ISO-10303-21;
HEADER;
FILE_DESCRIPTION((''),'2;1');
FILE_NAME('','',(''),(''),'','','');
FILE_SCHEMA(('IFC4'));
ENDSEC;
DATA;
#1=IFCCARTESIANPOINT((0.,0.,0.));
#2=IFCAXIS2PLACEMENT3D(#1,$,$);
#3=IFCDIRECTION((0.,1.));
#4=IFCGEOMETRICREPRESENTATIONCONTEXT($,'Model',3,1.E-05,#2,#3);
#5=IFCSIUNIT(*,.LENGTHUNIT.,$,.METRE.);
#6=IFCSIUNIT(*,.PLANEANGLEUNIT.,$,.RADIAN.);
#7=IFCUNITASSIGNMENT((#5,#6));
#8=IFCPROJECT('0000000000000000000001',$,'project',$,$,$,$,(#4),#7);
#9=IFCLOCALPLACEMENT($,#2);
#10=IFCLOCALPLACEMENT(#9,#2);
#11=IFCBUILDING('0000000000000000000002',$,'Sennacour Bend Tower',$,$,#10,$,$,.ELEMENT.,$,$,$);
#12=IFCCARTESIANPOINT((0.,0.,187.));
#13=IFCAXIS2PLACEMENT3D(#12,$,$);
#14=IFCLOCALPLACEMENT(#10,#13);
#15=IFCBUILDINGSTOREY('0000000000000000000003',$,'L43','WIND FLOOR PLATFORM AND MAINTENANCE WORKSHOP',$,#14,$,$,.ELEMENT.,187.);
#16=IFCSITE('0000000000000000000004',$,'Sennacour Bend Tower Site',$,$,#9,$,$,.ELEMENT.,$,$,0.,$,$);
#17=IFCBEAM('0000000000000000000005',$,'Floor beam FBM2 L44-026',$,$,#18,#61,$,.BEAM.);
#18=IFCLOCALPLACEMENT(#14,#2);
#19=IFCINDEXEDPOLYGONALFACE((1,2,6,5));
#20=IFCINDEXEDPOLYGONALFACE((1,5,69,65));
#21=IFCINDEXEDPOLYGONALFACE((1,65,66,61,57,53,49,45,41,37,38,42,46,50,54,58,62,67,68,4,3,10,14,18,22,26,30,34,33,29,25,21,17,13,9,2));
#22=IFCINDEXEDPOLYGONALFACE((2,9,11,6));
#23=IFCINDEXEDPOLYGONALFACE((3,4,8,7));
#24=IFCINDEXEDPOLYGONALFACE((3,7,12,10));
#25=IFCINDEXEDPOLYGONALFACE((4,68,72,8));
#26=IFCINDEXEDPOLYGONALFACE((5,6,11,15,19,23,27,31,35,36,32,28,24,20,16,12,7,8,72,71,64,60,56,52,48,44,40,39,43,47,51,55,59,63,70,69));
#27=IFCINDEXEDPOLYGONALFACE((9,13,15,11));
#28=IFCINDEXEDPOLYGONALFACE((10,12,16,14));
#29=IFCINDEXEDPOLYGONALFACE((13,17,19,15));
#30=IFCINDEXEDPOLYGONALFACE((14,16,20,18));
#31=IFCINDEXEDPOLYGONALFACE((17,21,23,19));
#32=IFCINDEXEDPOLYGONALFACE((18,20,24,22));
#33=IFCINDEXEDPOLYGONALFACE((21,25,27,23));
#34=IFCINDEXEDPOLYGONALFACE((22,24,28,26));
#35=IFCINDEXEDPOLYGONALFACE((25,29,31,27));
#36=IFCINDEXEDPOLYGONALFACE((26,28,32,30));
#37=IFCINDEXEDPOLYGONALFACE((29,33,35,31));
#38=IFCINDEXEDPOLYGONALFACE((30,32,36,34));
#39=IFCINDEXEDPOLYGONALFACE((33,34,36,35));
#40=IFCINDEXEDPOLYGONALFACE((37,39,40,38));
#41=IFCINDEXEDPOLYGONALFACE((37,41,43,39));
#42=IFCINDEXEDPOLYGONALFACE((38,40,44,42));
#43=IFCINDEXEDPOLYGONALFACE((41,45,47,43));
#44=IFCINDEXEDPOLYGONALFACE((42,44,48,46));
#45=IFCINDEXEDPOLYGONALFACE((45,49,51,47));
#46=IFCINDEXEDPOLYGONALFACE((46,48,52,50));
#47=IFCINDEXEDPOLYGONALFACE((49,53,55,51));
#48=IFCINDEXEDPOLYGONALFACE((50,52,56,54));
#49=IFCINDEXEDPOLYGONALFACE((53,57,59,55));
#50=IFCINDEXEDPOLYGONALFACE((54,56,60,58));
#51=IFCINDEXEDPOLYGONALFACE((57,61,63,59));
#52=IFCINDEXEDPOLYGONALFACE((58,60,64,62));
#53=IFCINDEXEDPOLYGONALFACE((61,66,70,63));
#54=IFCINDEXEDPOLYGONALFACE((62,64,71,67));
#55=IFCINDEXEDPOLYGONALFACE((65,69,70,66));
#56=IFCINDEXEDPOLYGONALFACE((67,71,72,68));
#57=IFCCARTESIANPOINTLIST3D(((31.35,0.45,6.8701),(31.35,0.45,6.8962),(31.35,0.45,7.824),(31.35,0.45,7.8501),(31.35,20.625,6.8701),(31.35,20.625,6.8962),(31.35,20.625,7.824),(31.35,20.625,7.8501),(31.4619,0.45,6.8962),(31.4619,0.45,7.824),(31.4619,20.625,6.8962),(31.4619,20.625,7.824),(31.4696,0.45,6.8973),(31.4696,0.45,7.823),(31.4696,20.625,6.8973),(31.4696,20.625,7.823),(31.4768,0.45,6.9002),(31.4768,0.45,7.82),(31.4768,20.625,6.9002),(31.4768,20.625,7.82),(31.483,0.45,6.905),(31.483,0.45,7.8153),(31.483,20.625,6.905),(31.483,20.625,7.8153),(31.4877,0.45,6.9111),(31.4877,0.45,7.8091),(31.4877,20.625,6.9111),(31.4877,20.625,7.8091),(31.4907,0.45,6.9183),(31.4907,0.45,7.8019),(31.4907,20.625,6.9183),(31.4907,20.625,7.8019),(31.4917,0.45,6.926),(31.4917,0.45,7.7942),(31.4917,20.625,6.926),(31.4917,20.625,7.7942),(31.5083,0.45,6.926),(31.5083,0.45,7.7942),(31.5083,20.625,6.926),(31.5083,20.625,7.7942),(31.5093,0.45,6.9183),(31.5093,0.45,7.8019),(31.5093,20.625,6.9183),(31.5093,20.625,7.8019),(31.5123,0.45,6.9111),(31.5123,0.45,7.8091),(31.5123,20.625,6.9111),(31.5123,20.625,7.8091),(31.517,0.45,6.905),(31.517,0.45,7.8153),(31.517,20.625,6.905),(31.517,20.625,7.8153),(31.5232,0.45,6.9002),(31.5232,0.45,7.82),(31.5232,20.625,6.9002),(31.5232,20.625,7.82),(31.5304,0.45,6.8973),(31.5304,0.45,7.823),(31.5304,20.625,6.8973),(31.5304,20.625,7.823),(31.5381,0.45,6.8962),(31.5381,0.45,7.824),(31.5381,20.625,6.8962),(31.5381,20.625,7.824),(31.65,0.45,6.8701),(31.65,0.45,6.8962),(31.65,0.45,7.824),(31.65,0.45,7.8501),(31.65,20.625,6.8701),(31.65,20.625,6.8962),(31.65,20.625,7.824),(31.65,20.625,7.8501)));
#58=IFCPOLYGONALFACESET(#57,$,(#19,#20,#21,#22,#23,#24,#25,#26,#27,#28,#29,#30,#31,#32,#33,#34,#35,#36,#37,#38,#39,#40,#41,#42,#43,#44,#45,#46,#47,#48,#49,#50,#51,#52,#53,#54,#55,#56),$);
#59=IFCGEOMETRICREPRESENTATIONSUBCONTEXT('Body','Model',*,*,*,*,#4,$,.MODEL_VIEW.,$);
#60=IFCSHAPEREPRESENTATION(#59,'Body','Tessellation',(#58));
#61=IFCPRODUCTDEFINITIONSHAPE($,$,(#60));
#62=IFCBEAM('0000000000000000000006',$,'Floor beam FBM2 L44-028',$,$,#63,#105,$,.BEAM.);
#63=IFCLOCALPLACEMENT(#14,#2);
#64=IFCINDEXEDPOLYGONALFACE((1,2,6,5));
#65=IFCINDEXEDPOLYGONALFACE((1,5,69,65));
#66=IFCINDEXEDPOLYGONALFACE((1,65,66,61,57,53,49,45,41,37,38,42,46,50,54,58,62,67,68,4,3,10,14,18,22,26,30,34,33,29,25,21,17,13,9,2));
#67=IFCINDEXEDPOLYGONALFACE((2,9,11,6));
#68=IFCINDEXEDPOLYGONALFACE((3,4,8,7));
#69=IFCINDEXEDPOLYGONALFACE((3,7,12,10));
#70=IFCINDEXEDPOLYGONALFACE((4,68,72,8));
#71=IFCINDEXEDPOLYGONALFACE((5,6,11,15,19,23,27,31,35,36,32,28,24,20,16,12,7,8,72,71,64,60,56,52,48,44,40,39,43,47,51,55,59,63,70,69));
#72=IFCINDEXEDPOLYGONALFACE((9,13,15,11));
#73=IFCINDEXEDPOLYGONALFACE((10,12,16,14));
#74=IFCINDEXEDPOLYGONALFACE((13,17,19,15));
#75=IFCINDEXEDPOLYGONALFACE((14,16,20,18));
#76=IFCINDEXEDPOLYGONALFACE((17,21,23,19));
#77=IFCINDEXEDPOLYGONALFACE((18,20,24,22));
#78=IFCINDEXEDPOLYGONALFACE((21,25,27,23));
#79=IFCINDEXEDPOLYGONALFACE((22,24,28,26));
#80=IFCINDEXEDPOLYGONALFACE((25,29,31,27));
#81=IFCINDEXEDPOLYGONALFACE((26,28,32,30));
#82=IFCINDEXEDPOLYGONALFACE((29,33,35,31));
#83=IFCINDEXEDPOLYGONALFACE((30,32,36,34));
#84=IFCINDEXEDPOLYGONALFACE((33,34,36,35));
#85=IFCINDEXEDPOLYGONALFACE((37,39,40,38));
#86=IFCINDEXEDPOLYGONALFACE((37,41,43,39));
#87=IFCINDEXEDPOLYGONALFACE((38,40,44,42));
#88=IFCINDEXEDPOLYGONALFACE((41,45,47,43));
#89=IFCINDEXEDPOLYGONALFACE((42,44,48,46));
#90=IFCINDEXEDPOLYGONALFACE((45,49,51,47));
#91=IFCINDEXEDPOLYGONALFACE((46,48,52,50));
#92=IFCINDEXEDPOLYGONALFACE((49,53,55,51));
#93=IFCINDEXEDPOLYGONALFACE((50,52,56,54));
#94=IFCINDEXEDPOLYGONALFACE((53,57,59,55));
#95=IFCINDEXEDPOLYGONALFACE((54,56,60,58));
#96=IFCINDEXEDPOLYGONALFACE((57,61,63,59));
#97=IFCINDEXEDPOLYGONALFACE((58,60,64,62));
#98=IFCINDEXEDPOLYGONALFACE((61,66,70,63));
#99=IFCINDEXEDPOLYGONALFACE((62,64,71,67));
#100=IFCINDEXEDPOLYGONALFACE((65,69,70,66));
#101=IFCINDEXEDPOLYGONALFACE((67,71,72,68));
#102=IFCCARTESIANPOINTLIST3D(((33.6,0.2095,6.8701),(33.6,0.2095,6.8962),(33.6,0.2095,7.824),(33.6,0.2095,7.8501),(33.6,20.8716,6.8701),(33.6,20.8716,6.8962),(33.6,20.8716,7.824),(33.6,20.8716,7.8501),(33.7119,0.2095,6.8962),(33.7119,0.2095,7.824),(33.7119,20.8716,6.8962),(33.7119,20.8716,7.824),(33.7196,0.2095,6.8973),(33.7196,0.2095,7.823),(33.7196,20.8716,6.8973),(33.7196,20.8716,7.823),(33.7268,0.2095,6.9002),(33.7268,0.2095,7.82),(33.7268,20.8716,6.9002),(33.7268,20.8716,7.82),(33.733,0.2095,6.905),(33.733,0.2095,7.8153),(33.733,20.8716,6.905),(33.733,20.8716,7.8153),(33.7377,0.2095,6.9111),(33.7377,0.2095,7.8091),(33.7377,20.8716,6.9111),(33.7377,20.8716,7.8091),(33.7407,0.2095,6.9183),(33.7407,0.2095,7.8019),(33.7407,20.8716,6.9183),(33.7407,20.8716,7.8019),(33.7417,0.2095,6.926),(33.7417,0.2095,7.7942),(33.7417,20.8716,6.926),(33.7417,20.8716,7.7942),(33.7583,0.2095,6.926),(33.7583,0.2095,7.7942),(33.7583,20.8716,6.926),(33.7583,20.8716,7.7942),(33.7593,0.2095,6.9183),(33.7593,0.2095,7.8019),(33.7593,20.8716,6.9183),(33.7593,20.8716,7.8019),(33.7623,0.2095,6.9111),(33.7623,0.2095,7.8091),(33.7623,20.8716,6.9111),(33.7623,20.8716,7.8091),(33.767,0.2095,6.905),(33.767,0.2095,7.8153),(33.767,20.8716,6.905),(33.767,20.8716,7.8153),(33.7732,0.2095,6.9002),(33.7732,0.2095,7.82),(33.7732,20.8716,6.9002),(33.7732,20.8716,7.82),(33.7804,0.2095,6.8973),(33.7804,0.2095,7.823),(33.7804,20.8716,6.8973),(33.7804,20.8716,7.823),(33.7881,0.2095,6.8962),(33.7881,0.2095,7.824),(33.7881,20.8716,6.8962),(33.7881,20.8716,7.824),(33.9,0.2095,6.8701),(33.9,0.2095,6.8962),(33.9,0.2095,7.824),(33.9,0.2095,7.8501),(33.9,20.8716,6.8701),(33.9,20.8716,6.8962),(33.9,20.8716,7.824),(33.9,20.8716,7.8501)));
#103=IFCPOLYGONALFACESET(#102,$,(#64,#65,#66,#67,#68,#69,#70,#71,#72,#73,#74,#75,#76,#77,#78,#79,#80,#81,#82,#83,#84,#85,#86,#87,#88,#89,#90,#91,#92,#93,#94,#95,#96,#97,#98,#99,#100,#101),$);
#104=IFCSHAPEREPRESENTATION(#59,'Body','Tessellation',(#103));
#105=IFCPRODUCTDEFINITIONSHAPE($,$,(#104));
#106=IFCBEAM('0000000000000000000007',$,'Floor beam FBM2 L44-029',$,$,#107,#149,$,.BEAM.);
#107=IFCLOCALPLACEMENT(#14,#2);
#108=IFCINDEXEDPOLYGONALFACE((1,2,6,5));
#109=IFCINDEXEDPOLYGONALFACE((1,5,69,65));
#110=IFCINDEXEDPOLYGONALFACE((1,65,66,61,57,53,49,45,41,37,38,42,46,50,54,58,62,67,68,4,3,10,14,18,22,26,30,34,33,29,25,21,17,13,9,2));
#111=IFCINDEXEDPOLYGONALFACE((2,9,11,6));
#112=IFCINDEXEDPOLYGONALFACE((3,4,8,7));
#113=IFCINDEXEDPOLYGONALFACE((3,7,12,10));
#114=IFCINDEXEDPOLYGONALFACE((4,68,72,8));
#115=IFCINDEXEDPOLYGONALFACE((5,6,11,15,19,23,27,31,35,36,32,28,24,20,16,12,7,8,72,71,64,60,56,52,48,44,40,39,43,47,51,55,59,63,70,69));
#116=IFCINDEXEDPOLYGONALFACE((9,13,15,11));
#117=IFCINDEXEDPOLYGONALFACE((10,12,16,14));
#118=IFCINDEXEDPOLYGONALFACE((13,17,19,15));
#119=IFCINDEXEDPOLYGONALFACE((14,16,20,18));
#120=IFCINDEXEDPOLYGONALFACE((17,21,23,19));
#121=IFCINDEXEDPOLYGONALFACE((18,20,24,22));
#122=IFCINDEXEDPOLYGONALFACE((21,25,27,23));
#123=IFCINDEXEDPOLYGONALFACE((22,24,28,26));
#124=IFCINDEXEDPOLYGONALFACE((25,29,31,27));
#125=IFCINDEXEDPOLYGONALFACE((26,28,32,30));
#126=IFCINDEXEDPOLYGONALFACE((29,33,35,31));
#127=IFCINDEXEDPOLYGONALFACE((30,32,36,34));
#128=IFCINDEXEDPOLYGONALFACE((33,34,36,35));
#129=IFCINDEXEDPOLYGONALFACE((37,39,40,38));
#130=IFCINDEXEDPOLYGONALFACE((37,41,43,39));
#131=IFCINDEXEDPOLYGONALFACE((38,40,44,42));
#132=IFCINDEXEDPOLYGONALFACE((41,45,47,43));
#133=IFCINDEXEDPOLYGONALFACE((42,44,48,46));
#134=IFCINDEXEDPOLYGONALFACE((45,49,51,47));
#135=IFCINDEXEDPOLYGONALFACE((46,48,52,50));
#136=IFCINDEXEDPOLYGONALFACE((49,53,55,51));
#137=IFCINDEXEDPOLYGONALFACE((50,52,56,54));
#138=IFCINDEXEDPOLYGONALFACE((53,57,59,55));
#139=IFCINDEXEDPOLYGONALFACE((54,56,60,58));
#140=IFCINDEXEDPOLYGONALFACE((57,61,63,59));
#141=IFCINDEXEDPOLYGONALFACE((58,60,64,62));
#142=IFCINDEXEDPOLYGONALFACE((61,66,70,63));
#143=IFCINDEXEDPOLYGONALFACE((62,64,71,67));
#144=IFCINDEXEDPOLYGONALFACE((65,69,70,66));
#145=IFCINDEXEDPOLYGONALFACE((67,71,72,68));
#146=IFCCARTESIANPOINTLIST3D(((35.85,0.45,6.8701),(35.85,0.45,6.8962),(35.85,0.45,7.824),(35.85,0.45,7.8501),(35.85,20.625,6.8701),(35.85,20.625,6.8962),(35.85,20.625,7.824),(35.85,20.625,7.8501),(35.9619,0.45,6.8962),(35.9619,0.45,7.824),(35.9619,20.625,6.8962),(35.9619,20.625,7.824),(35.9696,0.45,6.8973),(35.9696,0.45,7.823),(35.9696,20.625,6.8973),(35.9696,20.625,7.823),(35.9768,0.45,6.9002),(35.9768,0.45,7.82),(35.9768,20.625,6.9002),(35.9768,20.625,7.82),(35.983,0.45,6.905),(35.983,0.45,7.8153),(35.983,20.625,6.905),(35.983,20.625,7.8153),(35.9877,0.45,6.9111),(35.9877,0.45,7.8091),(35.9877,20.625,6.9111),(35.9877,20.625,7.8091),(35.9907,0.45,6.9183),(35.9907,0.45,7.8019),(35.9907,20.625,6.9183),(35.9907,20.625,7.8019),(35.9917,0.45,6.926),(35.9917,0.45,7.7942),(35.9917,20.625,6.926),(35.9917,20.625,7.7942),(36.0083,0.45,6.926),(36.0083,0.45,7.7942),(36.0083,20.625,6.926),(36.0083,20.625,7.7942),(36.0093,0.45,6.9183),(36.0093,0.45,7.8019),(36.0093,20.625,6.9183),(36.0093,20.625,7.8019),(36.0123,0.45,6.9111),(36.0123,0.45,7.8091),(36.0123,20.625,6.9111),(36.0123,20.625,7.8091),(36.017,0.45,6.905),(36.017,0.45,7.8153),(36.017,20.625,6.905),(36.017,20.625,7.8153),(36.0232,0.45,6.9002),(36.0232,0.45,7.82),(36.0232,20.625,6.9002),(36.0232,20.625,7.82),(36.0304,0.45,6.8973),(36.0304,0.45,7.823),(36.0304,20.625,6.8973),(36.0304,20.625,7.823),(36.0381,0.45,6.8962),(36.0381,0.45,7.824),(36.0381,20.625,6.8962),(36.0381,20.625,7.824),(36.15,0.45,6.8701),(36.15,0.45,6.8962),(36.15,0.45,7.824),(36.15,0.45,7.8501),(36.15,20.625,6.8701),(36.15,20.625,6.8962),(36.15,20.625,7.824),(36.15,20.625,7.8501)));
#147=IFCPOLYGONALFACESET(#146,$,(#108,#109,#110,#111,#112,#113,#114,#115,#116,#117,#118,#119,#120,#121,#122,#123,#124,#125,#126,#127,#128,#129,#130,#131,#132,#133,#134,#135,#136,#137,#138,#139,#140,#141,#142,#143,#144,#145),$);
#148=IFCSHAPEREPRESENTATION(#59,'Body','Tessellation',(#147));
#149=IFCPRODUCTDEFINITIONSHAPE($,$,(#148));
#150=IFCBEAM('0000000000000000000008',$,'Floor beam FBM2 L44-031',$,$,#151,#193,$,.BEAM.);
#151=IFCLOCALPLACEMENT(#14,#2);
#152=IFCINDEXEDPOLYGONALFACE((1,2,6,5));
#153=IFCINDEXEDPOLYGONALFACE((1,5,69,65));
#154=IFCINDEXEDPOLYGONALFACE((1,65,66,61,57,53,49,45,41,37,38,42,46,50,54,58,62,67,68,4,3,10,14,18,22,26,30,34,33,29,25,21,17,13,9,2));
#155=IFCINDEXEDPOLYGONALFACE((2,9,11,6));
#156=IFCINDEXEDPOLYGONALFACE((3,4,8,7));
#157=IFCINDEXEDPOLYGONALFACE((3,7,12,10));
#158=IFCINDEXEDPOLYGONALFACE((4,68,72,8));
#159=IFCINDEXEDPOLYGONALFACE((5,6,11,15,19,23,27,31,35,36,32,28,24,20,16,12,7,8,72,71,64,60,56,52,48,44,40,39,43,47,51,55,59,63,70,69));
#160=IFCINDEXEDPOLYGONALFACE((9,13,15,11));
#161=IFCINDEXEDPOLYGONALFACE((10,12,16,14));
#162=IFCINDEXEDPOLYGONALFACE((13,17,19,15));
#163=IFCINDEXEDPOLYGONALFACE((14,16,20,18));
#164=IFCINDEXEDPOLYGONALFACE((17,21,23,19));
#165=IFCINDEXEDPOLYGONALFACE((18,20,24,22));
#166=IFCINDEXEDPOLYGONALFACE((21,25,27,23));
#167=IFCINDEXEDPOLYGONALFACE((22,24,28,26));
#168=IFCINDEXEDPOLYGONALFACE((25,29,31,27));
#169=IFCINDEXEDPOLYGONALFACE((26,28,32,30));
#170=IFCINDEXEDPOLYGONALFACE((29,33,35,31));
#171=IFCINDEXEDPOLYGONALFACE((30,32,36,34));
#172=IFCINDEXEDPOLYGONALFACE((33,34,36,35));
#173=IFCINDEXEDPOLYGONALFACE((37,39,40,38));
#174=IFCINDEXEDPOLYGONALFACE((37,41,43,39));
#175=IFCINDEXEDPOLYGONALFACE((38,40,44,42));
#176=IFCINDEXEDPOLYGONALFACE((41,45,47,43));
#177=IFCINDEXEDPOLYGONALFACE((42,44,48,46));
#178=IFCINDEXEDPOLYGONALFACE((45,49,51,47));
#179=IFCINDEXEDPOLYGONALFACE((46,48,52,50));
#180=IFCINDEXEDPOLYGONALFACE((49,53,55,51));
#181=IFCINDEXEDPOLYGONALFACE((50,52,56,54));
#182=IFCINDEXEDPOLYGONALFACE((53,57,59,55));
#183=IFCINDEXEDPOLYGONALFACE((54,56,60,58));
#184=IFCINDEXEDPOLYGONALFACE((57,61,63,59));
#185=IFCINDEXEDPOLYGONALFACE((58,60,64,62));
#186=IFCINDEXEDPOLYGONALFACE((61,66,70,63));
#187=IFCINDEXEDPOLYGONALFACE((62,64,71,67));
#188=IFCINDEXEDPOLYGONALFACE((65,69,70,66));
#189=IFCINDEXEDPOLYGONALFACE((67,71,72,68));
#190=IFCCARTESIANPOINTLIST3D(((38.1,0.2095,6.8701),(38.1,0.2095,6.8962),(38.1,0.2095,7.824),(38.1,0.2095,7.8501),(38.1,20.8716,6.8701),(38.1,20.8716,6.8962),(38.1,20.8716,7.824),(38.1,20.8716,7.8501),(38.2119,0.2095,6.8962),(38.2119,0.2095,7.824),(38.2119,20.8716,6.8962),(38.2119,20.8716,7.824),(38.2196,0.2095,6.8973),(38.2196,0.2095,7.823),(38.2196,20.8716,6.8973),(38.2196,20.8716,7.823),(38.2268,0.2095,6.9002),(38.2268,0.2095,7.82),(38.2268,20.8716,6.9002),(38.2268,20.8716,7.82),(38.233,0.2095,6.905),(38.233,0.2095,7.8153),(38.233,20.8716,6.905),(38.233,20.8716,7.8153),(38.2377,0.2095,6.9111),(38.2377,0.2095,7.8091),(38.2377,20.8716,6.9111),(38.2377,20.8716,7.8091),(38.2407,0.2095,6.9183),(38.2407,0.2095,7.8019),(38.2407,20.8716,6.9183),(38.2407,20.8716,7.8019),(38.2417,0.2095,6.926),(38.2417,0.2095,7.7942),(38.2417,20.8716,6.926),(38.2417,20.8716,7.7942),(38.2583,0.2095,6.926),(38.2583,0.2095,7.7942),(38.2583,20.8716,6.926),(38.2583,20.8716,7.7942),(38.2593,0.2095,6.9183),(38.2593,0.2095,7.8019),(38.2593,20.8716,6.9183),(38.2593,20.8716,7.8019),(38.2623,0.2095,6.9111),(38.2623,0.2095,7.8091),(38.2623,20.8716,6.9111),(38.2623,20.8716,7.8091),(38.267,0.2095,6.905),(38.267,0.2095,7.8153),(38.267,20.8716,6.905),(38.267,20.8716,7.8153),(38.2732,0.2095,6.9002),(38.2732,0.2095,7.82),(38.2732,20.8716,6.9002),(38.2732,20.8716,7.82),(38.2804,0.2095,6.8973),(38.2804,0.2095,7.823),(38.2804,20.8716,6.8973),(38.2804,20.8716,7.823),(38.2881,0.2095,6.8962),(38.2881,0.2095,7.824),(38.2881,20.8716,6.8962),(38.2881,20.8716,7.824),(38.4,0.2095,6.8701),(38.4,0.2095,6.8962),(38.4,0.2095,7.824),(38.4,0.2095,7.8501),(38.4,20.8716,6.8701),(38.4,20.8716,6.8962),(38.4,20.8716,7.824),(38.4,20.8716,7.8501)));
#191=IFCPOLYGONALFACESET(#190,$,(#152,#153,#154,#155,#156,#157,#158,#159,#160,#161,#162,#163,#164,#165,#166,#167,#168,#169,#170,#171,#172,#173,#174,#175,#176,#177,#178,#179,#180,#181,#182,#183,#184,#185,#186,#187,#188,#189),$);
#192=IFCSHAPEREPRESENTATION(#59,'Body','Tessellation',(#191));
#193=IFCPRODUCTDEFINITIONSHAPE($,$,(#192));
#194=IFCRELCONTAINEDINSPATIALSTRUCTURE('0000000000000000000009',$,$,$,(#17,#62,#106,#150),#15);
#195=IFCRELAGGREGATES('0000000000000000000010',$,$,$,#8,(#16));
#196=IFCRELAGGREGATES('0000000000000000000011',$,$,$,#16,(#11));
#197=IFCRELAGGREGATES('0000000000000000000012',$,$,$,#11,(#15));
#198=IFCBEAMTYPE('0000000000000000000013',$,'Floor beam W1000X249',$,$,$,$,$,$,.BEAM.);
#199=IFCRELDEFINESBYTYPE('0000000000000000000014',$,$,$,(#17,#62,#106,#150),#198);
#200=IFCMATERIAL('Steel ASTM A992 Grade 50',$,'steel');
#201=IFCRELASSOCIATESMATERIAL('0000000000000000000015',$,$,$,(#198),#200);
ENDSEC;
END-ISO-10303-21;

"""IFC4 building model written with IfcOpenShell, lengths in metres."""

from ifc_helpers import new_model, si_unit, direction, frame, origin, origin_2d, place, context, subcontext, project, spatial, i_section, extrude, material, material_profile, profile_set, type_object, element, save


model = new_model("IFC4")

# Units and contexts
model_context = context("Model", 3, precision=1e-05, world=origin(), true_north=direction((0.0, 1.0)))
body_context = subcontext(model_context, "Body", "Model", "MODEL_VIEW")
ifc_project = project(units=[si_unit("LENGTHUNIT", "METRE"), si_unit("PLANEANGLEUNIT", "RADIAN")], contexts=[model_context])

# Site, building, storey
site_placement = place(None, origin())
site = spatial("IfcSite", under=ifc_project, at=site_placement, Name="Sennacour Bend Tower Site", CompositionType="ELEMENT", RefElevation=0.0)
building_placement = place(site_placement, origin())
building = spatial("IfcBuilding", under=site, at=building_placement, Name="Sennacour Bend Tower", CompositionType="ELEMENT")
storey_placement = place(building_placement, frame((0.0, 0.0, 187.0)))
storey = spatial("IfcBuildingStorey", under=building, at=storey_placement, Name="L43", Description="WIND FLOOR PLATFORM AND MAINTENANCE WORKSHOP", CompositionType="ELEMENT", Elevation=187.0)

# Shared definitions
ifc_material_1 = material(Name="Steel ASTM A992 Grade 50", Category="steel")

# Beams
ifc_material_profile_1 = material_profile(ifc_material_1, i_section(OverallWidth=0.3, OverallDepth=0.98, WebThickness=0.0166, FlangeThickness=0.0261, FilletRadius=0.0298, at=origin_2d()), Name="Steel ASTM A992 Grade 50", Category="steel")
ifc_profile_set_1 = profile_set([ifc_material_profile_1], Name="Steel ASTM A992 Grade 50")
beam_type_1 = type_object("IfcBeamType", Name="Floor beam W1000X249", PredefinedType="BEAM", material=ifc_profile_set_1)
beam_1_placement = place(storey_placement, frame((31.5, 0.45, 7.3601), z_axis=(0.0, 1.0, 0.0), x_axis=(-1.0, 0.0, 0.0)))
element("IfcBeam", 1, at=beam_1_placement, inside=storey, type_object=beam_type_1, Name="Floor beam FBM2 L44-026", PredefinedType="BEAM", context=body_context, shape_type="SweptSolid", body=[
    extrude(i_section(OverallWidth=0.3, OverallDepth=0.98, WebThickness=0.0166, FlangeThickness=0.0261, FilletRadius=0.0298, at=origin_2d()), origin(), (0.0, 0.0, 1.0), 20.175),
])
beam_2_placement = place(storey_placement, frame((33.75, 0.2095, 7.3601), z_axis=(0.0, 1.0, 0.0), x_axis=(-1.0, 0.0, 0.0)))
element("IfcBeam", 2, at=beam_2_placement, inside=storey, type_object=beam_type_1, Name="Floor beam FBM2 L44-028", PredefinedType="BEAM", context=body_context, shape_type="SweptSolid", body=[
    extrude(i_section(OverallWidth=0.3, OverallDepth=0.98, WebThickness=0.0166, FlangeThickness=0.0261, FilletRadius=0.0298, at=origin_2d()), origin(), (0.0, 0.0, 1.0), 20.6621),
])
beam_3_placement = place(storey_placement, frame((36.0, 0.45, 7.3601), z_axis=(0.0, 1.0, 0.0), x_axis=(-1.0, 0.0, 0.0)))
element("IfcBeam", 3, at=beam_3_placement, inside=storey, type_object=beam_type_1, Name="Floor beam FBM2 L44-029", PredefinedType="BEAM", context=body_context, shape_type="SweptSolid", body=[
    extrude(i_section(OverallWidth=0.3, OverallDepth=0.98, WebThickness=0.0166, FlangeThickness=0.0261, FilletRadius=0.0298, at=origin_2d()), origin(), (0.0, 0.0, 1.0), 20.175),
])
beam_4_placement = place(storey_placement, frame((38.25, 0.2095, 7.3601), z_axis=(0.0, 1.0, 0.0), x_axis=(-1.0, 0.0, 0.0)))
element("IfcBeam", 4, at=beam_4_placement, inside=storey, type_object=beam_type_1, Name="Floor beam FBM2 L44-031", PredefinedType="BEAM", context=body_context, shape_type="SweptSolid", body=[
    extrude(i_section(OverallWidth=0.3, OverallDepth=0.98, WebThickness=0.0166, FlangeThickness=0.0261, FilletRadius=0.0298, at=origin_2d()), origin(), (0.0, 0.0, 1.0), 20.6621),
])

save(model, "model.ifc")
